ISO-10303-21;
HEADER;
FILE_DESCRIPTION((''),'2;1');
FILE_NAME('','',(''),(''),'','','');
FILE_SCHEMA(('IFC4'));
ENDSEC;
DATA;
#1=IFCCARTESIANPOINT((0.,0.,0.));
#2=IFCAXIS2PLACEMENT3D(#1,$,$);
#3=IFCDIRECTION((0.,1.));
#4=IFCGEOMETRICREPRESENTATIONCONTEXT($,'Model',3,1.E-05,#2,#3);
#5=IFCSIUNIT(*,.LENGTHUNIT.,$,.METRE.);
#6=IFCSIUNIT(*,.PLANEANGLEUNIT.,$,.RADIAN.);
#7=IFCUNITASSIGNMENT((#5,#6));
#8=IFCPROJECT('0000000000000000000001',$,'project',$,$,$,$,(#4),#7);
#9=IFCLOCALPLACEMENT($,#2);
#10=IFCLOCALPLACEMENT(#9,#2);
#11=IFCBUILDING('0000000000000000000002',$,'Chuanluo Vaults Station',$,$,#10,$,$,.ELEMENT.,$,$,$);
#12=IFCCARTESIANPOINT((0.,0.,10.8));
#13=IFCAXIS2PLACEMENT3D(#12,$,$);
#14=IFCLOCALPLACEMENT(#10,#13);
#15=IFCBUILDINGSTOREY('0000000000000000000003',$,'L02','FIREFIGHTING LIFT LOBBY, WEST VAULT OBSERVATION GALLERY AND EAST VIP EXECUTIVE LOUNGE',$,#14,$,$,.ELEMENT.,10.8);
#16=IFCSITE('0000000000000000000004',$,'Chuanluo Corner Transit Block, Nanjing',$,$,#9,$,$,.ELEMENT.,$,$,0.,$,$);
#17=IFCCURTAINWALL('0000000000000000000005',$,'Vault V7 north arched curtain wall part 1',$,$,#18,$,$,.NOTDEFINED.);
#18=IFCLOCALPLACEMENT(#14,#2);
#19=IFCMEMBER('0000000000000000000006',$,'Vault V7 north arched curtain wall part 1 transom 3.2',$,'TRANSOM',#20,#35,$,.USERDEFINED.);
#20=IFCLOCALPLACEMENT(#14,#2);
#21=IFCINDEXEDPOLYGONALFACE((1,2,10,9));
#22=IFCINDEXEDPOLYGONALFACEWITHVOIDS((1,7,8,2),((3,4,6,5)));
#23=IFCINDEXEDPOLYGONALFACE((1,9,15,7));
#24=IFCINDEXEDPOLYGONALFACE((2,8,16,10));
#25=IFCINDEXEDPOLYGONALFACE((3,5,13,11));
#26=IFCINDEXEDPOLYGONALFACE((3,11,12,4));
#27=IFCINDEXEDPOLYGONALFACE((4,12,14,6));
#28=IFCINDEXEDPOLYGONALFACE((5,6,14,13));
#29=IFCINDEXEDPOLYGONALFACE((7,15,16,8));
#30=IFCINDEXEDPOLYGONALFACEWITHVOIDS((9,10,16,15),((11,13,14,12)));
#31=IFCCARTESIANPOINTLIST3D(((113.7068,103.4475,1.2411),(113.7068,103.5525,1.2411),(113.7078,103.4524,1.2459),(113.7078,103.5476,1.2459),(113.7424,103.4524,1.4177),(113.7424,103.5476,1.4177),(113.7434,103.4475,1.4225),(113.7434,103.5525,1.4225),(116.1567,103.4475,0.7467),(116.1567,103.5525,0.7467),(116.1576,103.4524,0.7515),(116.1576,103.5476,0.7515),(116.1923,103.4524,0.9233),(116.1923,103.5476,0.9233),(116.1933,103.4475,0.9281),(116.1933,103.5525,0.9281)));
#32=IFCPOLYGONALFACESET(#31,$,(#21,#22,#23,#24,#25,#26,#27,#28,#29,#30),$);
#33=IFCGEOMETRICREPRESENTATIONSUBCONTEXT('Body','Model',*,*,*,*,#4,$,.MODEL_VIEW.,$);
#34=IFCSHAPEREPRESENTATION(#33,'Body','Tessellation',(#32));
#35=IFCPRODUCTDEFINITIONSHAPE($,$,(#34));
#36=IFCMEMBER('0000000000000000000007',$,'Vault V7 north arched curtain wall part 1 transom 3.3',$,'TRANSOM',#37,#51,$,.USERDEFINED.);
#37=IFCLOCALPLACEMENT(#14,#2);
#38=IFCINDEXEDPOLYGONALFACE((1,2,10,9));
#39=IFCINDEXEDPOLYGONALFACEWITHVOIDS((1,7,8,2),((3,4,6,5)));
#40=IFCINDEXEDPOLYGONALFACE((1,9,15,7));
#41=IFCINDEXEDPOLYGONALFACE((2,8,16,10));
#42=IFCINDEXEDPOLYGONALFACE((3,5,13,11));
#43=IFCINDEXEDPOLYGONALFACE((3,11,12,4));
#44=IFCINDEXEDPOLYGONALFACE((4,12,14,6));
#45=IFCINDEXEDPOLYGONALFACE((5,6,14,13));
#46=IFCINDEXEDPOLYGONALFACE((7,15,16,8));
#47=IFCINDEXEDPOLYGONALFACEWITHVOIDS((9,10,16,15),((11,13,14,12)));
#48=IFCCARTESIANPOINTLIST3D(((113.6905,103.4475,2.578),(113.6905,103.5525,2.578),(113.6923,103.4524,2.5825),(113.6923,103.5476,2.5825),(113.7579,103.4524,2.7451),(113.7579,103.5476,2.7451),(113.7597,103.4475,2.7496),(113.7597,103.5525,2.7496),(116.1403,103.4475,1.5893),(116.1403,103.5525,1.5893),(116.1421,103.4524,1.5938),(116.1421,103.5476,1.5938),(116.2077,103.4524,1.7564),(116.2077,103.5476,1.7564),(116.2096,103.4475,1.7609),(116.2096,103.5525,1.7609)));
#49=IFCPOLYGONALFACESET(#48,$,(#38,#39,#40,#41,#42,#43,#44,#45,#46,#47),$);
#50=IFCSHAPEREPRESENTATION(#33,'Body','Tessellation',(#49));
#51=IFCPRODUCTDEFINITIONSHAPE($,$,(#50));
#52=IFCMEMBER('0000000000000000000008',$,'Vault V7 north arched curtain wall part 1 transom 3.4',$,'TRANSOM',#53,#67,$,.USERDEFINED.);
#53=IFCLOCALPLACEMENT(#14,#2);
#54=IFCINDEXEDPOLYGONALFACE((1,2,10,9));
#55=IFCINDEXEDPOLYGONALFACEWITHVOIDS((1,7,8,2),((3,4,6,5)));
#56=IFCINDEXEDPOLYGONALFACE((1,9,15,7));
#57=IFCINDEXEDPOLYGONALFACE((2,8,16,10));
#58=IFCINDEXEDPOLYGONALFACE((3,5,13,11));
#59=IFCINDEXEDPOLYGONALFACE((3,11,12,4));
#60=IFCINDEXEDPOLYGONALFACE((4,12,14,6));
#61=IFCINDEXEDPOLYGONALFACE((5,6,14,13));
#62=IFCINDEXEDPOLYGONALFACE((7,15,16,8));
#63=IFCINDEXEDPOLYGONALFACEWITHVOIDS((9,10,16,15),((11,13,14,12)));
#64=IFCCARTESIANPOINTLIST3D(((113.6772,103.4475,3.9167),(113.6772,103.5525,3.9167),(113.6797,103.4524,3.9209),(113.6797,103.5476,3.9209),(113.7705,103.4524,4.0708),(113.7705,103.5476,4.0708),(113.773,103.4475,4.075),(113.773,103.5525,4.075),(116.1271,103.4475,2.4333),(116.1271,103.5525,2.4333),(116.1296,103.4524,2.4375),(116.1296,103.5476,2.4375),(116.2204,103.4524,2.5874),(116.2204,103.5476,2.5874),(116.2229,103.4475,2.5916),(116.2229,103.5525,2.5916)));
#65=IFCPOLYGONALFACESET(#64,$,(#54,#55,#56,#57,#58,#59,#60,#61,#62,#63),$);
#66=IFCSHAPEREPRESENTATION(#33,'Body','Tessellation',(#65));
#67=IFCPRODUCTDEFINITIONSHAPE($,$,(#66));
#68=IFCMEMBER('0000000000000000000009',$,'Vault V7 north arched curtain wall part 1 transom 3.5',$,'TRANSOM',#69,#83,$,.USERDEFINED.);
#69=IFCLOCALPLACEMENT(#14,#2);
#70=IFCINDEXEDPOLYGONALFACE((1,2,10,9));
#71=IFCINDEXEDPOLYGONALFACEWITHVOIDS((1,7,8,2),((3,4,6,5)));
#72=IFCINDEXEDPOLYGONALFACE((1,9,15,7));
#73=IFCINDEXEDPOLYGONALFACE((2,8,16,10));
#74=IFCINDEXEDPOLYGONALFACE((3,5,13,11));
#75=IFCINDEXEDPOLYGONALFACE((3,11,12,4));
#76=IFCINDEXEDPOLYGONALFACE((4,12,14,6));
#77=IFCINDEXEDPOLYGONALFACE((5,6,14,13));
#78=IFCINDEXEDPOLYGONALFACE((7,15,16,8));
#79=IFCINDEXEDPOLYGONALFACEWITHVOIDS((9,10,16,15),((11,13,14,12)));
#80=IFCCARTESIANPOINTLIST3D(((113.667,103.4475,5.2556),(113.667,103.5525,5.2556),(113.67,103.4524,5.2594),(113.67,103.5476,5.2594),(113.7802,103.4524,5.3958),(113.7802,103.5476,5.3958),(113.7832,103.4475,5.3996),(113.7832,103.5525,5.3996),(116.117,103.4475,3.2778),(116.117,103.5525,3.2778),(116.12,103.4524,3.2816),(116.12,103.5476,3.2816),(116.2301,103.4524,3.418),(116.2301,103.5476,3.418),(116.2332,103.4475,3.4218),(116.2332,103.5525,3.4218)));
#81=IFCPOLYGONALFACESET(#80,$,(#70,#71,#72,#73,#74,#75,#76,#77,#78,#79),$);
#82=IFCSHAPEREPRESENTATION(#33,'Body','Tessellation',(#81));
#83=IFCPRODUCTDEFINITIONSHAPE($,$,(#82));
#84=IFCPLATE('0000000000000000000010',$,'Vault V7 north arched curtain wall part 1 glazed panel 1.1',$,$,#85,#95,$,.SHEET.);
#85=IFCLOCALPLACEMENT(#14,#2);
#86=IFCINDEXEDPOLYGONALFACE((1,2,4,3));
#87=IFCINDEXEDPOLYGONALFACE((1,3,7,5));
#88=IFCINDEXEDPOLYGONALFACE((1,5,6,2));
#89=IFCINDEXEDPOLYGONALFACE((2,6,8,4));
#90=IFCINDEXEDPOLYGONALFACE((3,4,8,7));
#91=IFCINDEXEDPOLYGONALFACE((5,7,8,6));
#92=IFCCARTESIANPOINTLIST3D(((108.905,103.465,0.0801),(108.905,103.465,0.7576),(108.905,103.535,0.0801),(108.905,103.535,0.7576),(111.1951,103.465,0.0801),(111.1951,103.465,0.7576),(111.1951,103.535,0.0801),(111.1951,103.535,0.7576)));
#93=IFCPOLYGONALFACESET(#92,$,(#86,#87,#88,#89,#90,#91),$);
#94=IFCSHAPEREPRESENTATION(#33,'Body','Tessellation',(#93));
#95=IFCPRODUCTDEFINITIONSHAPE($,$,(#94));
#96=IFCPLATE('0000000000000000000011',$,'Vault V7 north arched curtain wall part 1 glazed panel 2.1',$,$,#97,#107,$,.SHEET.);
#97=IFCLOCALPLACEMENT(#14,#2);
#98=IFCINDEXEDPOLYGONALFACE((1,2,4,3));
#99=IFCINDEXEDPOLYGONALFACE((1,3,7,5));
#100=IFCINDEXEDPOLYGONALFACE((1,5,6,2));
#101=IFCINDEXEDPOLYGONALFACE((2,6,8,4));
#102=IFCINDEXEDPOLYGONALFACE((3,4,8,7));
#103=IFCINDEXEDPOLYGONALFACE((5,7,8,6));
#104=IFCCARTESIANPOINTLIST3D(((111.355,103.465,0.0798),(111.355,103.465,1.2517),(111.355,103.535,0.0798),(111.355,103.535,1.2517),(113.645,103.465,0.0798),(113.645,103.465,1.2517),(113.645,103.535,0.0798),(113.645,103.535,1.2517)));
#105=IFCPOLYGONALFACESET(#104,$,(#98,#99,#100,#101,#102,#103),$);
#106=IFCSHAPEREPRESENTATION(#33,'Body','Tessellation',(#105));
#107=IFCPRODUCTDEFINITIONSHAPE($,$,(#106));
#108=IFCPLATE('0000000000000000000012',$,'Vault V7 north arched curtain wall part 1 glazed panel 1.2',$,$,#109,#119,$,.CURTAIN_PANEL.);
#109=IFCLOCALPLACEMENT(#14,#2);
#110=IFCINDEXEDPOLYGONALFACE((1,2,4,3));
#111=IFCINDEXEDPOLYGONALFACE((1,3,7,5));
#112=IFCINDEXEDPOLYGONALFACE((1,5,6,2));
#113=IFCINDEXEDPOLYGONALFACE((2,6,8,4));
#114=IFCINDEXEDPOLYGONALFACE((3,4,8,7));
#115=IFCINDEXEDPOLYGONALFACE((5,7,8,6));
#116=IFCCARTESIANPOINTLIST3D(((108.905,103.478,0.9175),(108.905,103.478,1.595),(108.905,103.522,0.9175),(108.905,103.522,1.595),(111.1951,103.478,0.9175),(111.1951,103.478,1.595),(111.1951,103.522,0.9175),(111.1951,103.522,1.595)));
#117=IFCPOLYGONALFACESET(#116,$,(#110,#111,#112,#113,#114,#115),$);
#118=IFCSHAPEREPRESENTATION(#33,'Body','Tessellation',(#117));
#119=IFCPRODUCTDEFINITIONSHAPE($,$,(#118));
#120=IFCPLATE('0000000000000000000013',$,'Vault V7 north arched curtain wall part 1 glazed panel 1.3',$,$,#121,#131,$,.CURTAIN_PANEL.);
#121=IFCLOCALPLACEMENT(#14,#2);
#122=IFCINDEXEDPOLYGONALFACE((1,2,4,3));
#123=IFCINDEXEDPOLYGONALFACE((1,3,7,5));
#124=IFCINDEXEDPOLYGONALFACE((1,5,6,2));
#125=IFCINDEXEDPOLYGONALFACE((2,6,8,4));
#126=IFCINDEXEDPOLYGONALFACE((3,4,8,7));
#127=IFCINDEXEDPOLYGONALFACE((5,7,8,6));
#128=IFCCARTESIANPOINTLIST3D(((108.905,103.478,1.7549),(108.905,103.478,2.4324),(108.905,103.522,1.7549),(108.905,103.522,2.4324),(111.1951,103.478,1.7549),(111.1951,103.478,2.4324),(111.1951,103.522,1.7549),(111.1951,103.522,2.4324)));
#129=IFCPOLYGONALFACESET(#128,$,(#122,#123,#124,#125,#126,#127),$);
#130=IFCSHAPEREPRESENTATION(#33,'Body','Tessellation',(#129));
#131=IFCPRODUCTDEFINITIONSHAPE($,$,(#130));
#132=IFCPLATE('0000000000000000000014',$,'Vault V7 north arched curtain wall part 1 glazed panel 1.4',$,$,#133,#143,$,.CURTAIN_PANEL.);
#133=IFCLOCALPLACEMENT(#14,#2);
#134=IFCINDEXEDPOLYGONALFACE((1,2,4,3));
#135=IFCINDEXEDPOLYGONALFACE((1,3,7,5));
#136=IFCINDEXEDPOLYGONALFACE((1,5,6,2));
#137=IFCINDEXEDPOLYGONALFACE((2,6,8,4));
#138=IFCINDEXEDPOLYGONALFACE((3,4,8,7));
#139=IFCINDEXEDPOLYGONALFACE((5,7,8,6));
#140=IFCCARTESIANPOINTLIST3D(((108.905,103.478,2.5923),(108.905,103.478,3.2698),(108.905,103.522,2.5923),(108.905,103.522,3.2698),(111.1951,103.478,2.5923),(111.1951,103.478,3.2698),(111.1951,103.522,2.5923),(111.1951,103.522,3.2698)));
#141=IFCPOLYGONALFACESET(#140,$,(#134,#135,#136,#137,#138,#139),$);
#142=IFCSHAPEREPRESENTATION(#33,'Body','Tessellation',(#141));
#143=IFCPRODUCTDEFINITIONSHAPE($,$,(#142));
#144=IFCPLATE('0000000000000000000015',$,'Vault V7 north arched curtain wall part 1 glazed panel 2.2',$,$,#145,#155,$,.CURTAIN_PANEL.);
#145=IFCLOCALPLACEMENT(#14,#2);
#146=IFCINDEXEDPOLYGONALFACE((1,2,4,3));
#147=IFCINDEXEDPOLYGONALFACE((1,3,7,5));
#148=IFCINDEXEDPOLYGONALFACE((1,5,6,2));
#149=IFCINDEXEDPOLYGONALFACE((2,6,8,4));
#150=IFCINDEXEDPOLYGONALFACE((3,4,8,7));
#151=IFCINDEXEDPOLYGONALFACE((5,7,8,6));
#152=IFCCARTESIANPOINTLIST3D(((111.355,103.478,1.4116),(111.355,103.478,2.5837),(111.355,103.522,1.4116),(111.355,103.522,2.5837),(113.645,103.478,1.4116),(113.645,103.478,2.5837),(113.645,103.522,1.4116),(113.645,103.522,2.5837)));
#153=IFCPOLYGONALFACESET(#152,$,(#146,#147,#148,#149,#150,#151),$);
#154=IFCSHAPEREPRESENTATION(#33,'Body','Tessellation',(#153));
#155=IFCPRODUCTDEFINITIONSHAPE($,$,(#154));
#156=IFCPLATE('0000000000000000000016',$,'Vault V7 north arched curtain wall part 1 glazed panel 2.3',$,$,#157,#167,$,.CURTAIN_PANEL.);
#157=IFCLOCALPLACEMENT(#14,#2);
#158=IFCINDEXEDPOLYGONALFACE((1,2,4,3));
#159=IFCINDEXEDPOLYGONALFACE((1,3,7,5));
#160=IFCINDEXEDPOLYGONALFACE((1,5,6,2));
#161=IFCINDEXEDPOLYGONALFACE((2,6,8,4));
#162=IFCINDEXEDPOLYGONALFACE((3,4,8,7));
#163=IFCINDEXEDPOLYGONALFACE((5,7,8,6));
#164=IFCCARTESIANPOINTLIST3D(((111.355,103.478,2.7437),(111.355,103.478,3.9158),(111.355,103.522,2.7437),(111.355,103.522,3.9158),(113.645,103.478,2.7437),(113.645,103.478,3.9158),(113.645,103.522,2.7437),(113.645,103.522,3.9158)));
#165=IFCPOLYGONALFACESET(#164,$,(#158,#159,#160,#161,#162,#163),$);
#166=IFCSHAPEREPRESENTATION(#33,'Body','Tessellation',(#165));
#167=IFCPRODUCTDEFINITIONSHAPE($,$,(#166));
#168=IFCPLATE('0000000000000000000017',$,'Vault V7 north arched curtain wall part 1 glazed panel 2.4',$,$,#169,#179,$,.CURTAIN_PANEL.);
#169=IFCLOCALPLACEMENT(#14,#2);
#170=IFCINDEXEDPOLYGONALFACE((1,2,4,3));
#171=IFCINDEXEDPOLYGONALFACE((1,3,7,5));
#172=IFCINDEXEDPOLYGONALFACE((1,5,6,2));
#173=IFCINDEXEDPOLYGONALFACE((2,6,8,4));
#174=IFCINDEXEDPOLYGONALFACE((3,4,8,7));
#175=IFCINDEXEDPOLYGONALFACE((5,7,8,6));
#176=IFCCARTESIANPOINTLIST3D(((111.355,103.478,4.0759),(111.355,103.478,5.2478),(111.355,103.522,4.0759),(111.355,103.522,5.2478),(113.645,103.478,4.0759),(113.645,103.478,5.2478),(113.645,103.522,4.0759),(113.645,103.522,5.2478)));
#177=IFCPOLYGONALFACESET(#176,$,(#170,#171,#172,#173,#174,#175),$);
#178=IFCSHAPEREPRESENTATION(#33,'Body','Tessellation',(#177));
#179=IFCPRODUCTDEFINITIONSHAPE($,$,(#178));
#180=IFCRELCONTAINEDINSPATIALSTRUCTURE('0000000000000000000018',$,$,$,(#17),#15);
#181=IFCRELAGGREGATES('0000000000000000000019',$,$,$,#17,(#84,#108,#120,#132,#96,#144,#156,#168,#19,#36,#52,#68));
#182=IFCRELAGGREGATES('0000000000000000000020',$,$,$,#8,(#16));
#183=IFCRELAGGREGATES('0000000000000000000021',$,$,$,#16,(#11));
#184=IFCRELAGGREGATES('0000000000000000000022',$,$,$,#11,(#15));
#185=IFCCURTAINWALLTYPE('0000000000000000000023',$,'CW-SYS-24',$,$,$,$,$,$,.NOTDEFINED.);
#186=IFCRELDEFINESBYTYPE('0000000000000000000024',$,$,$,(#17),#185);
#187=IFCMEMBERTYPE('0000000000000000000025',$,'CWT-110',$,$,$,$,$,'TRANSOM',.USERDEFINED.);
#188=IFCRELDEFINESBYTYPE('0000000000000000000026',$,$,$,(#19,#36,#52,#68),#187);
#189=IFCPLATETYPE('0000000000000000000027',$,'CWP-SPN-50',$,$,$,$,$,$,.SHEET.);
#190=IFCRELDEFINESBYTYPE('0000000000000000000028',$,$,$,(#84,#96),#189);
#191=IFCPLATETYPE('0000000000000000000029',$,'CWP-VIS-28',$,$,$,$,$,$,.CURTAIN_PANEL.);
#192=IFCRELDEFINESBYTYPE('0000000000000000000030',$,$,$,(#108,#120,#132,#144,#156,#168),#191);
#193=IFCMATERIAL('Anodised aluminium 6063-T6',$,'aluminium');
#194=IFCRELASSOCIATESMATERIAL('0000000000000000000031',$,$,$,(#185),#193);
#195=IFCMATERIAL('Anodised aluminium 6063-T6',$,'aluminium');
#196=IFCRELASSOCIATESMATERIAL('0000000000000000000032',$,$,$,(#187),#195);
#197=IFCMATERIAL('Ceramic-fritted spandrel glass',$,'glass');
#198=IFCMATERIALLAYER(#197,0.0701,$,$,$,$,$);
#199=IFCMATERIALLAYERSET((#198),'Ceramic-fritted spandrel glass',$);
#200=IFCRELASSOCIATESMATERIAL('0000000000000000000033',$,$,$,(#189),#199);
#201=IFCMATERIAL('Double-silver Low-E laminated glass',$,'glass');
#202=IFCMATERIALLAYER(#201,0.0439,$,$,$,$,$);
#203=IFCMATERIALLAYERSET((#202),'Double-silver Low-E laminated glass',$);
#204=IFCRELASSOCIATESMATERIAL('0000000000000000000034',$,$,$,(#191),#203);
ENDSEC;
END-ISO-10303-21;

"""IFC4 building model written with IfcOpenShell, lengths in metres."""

from ifc_helpers import new_model, si_unit, direction, frame, origin, origin_2d, place, context, subcontext, project, spatial, rectangle, hollow_rectangle, extrude, material, layer, layer_set, material_profile, profile_set, type_object, element, aggregate, save


model = new_model("IFC4")

# Units and contexts
model_context = context("Model", 3, precision=1e-05, world=origin(), true_north=direction((0.0, 1.0)))
body_context = subcontext(model_context, "Body", "Model", "MODEL_VIEW")
ifc_project = project(units=[si_unit("LENGTHUNIT", "METRE"), si_unit("PLANEANGLEUNIT", "RADIAN")], contexts=[model_context])

# Site, building, storey
site_placement = place(None, origin())
site = spatial("IfcSite", under=ifc_project, at=site_placement, Name="Chuanluo Corner Transit Block, Nanjing", CompositionType="ELEMENT", RefElevation=0.0)
building_placement = place(site_placement, origin())
building = spatial("IfcBuilding", under=site, at=building_placement, Name="Chuanluo Vaults Station", CompositionType="ELEMENT")
storey_placement = place(building_placement, frame((0.0, 0.0, 10.8)))
storey = spatial("IfcBuildingStorey", under=building, at=storey_placement, Name="L02", Description="FIREFIGHTING LIFT LOBBY, WEST VAULT OBSERVATION GALLERY AND EAST VIP EXECUTIVE LOUNGE", CompositionType="ELEMENT", Elevation=10.8)

# Curtain wall, members, plates
ifc_material_1 = material(Name="Anodised aluminium 6063-T6", Category="aluminium")
curtain_wall_type = type_object("IfcCurtainWallType", Name="CW-SYS-24", PredefinedType="NOTDEFINED", material=ifc_material_1)
curtain_wall_placement = place(storey_placement, origin())
curtain_wall = element("IfcCurtainWall", 1, at=curtain_wall_placement, inside=storey, type_object=curtain_wall_type, Name="Vault V7 north arched curtain wall part 1", PredefinedType="NOTDEFINED")
ifc_material_2 = material(Name="Anodised aluminium 6063-T6", Category="aluminium")
ifc_material_profile_1 = material_profile(ifc_material_2, hollow_rectangle(XDim=0.105, YDim=0.1851, WallThickness=0.0049, at=origin_2d()))
ifc_profile_set_1 = profile_set([ifc_material_profile_1], Name="Anodised aluminium 6063-T6")
member_type_1 = type_object("IfcMemberType", Name="CWT-110", ElementType="TRANSOM", PredefinedType="USERDEFINED", material=ifc_profile_set_1)
member_1_placement = place(storey_placement, frame((113.7251, 103.5, 1.3318), z_axis=(0.980241, 0.0, -0.197806), x_axis=(0.0, 1.0, 0.0)))
member_1 = element("IfcMember", 2, at=member_1_placement, type_object=member_type_1, Name="Vault V7 north arched curtain wall part 1 transom 3.2", ObjectType="TRANSOM", PredefinedType="USERDEFINED", context=body_context, shape_type="SweptSolid", body=[
    extrude(hollow_rectangle(XDim=0.105, YDim=0.1851, WallThickness=0.0049, at=origin_2d()), origin(), (0.0, 0.0, 1.0), 2.4993),
])
member_2_placement = place(storey_placement, frame((113.7251, 103.5, 2.6638), z_axis=(0.927325, 0.0, -0.374257), x_axis=(0.0, 1.0, 0.0)))
member_2 = element("IfcMember", 3, at=member_2_placement, type_object=member_type_1, Name="Vault V7 north arched curtain wall part 1 transom 3.3", ObjectType="TRANSOM", PredefinedType="USERDEFINED", context=body_context, shape_type="SweptSolid", body=[
    extrude(hollow_rectangle(XDim=0.105, YDim=0.1851, WallThickness=0.0049, at=origin_2d()), origin(), (0.0, 0.0, 1.0), 2.6418),
])
member_3_placement = place(storey_placement, frame((113.7251, 103.5, 3.9958), z_axis=(0.855418, 0.0, -0.517939), x_axis=(0.0, 1.0, 0.0)))
member_3 = element("IfcMember", 4, at=member_3_placement, type_object=member_type_1, Name="Vault V7 north arched curtain wall part 1 transom 3.4", ObjectType="TRANSOM", PredefinedType="USERDEFINED", context=body_context, shape_type="SweptSolid", body=[
    extrude(hollow_rectangle(XDim=0.105, YDim=0.1851, WallThickness=0.0049, at=origin_2d()), origin(), (0.0, 0.0, 1.0), 2.864),
])
member_4_placement = place(storey_placement, frame((113.7251, 103.5, 5.3276), z_axis=(0.7781, 0.0, -0.62814), x_axis=(0.0, 1.0, 0.0)))
member_4 = element("IfcMember", 5, at=member_4_placement, type_object=member_type_1, Name="Vault V7 north arched curtain wall part 1 transom 3.5", ObjectType="TRANSOM", PredefinedType="USERDEFINED", context=body_context, shape_type="SweptSolid", body=[
    extrude(hollow_rectangle(XDim=0.105, YDim=0.1851, WallThickness=0.0049, at=origin_2d()), origin(), (0.0, 0.0, 1.0), 3.1487),
])
ifc_material_3 = material(Name="Ceramic-fritted spandrel glass", Category="glass")
ifc_layer_1 = layer(ifc_material_3, 0.0701)
ifc_layer_set_1 = layer_set([ifc_layer_1], Name="Ceramic-fritted spandrel glass")
plate_type_1 = type_object("IfcPlateType", Name="CWP-SPN-50", PredefinedType="SHEET", material=ifc_layer_set_1)
plate_1_placement = place(storey_placement, frame((110.05, 103.5, 0.0801), z_axis=(0.0, 0.0, 1.0), x_axis=(1.0, 0.0, 0.0)))
plate_1 = element("IfcPlate", 6, at=plate_1_placement, type_object=plate_type_1, Name="Vault V7 north arched curtain wall part 1 glazed panel 1.1", PredefinedType="SHEET", context=body_context, shape_type="SweptSolid", body=[
    extrude(rectangle(XDim=2.29, YDim=0.0701, at=origin_2d()), origin(), (0.0, 0.0, 1.0), 0.6775),
])
plate_2_placement = place(storey_placement, frame((112.5, 103.5, 0.0798), z_axis=(0.0, 0.0, 1.0), x_axis=(1.0, 0.0, 0.0)))
plate_2 = element("IfcPlate", 7, at=plate_2_placement, type_object=plate_type_1, Name="Vault V7 north arched curtain wall part 1 glazed panel 2.1", PredefinedType="SHEET", context=body_context, shape_type="SweptSolid", body=[
    extrude(rectangle(XDim=2.29, YDim=0.0701, at=origin_2d()), origin(), (0.0, 0.0, 1.0), 1.1719),
])
ifc_material_4 = material(Name="Double-silver Low-E laminated glass", Category="glass")
ifc_layer_2 = layer(ifc_material_4, 0.0439)
ifc_layer_set_2 = layer_set([ifc_layer_2], Name="Double-silver Low-E laminated glass")
plate_type_2 = type_object("IfcPlateType", Name="CWP-VIS-28", PredefinedType="CURTAIN_PANEL", material=ifc_layer_set_2)
plate_3_placement = place(storey_placement, frame((110.05, 103.5, 0.9175), z_axis=(0.0, 0.0, 1.0), x_axis=(1.0, 0.0, 0.0)))
plate_3 = element("IfcPlate", 8, at=plate_3_placement, type_object=plate_type_2, Name="Vault V7 north arched curtain wall part 1 glazed panel 1.2", PredefinedType="CURTAIN_PANEL", context=body_context, shape_type="SweptSolid", body=[
    extrude(rectangle(XDim=2.29, YDim=0.0439, at=origin_2d()), origin(), (0.0, 0.0, 1.0), 0.6775),
])
plate_4_placement = place(storey_placement, frame((110.05, 103.5, 1.7549), z_axis=(0.0, 0.0, 1.0), x_axis=(1.0, 0.0, 0.0)))
plate_4 = element("IfcPlate", 9, at=plate_4_placement, type_object=plate_type_2, Name="Vault V7 north arched curtain wall part 1 glazed panel 1.3", PredefinedType="CURTAIN_PANEL", context=body_context, shape_type="SweptSolid", body=[
    extrude(rectangle(XDim=2.29, YDim=0.0439, at=origin_2d()), origin(), (0.0, 0.0, 1.0), 0.6775),
])
plate_5_placement = place(storey_placement, frame((110.05, 103.5, 2.5923), z_axis=(0.0, 0.0, 1.0), x_axis=(1.0, 0.0, 0.0)))
plate_5 = element("IfcPlate", 10, at=plate_5_placement, type_object=plate_type_2, Name="Vault V7 north arched curtain wall part 1 glazed panel 1.4", PredefinedType="CURTAIN_PANEL", context=body_context, shape_type="SweptSolid", body=[
    extrude(rectangle(XDim=2.29, YDim=0.0439, at=origin_2d()), origin(), (0.0, 0.0, 1.0), 0.6775),
])
plate_6_placement = place(storey_placement, frame((112.5, 103.5, 1.4116), z_axis=(0.0, 0.0, 1.0), x_axis=(1.0, 0.0, 0.0)))
plate_6 = element("IfcPlate", 11, at=plate_6_placement, type_object=plate_type_2, Name="Vault V7 north arched curtain wall part 1 glazed panel 2.2", PredefinedType="CURTAIN_PANEL", context=body_context, shape_type="SweptSolid", body=[
    extrude(rectangle(XDim=2.29, YDim=0.0439, at=origin_2d()), origin(), (0.0, 0.0, 1.0), 1.1721),
])
plate_7_placement = place(storey_placement, frame((112.5, 103.5, 2.7437), z_axis=(0.0, 0.0, 1.0), x_axis=(1.0, 0.0, 0.0)))
plate_7 = element("IfcPlate", 12, at=plate_7_placement, type_object=plate_type_2, Name="Vault V7 north arched curtain wall part 1 glazed panel 2.3", PredefinedType="CURTAIN_PANEL", context=body_context, shape_type="SweptSolid", body=[
    extrude(rectangle(XDim=2.29, YDim=0.0439, at=origin_2d()), origin(), (0.0, 0.0, 1.0), 1.1721),
])
plate_8_placement = place(storey_placement, frame((112.5, 103.5, 4.0759), z_axis=(0.0, 0.0, 1.0), x_axis=(1.0, 0.0, 0.0)))
plate_8 = element("IfcPlate", 13, at=plate_8_placement, type_object=plate_type_2, Name="Vault V7 north arched curtain wall part 1 glazed panel 2.4", PredefinedType="CURTAIN_PANEL", context=body_context, shape_type="SweptSolid", body=[
    extrude(rectangle(XDim=2.29, YDim=0.0439, at=origin_2d()), origin(), (0.0, 0.0, 1.0), 1.1719),
])
aggregate(curtain_wall, [plate_1, plate_3, plate_4, plate_5, plate_2, plate_6, plate_7, plate_8, member_1, member_2, member_3, member_4])

save(model, "model.ifc")
